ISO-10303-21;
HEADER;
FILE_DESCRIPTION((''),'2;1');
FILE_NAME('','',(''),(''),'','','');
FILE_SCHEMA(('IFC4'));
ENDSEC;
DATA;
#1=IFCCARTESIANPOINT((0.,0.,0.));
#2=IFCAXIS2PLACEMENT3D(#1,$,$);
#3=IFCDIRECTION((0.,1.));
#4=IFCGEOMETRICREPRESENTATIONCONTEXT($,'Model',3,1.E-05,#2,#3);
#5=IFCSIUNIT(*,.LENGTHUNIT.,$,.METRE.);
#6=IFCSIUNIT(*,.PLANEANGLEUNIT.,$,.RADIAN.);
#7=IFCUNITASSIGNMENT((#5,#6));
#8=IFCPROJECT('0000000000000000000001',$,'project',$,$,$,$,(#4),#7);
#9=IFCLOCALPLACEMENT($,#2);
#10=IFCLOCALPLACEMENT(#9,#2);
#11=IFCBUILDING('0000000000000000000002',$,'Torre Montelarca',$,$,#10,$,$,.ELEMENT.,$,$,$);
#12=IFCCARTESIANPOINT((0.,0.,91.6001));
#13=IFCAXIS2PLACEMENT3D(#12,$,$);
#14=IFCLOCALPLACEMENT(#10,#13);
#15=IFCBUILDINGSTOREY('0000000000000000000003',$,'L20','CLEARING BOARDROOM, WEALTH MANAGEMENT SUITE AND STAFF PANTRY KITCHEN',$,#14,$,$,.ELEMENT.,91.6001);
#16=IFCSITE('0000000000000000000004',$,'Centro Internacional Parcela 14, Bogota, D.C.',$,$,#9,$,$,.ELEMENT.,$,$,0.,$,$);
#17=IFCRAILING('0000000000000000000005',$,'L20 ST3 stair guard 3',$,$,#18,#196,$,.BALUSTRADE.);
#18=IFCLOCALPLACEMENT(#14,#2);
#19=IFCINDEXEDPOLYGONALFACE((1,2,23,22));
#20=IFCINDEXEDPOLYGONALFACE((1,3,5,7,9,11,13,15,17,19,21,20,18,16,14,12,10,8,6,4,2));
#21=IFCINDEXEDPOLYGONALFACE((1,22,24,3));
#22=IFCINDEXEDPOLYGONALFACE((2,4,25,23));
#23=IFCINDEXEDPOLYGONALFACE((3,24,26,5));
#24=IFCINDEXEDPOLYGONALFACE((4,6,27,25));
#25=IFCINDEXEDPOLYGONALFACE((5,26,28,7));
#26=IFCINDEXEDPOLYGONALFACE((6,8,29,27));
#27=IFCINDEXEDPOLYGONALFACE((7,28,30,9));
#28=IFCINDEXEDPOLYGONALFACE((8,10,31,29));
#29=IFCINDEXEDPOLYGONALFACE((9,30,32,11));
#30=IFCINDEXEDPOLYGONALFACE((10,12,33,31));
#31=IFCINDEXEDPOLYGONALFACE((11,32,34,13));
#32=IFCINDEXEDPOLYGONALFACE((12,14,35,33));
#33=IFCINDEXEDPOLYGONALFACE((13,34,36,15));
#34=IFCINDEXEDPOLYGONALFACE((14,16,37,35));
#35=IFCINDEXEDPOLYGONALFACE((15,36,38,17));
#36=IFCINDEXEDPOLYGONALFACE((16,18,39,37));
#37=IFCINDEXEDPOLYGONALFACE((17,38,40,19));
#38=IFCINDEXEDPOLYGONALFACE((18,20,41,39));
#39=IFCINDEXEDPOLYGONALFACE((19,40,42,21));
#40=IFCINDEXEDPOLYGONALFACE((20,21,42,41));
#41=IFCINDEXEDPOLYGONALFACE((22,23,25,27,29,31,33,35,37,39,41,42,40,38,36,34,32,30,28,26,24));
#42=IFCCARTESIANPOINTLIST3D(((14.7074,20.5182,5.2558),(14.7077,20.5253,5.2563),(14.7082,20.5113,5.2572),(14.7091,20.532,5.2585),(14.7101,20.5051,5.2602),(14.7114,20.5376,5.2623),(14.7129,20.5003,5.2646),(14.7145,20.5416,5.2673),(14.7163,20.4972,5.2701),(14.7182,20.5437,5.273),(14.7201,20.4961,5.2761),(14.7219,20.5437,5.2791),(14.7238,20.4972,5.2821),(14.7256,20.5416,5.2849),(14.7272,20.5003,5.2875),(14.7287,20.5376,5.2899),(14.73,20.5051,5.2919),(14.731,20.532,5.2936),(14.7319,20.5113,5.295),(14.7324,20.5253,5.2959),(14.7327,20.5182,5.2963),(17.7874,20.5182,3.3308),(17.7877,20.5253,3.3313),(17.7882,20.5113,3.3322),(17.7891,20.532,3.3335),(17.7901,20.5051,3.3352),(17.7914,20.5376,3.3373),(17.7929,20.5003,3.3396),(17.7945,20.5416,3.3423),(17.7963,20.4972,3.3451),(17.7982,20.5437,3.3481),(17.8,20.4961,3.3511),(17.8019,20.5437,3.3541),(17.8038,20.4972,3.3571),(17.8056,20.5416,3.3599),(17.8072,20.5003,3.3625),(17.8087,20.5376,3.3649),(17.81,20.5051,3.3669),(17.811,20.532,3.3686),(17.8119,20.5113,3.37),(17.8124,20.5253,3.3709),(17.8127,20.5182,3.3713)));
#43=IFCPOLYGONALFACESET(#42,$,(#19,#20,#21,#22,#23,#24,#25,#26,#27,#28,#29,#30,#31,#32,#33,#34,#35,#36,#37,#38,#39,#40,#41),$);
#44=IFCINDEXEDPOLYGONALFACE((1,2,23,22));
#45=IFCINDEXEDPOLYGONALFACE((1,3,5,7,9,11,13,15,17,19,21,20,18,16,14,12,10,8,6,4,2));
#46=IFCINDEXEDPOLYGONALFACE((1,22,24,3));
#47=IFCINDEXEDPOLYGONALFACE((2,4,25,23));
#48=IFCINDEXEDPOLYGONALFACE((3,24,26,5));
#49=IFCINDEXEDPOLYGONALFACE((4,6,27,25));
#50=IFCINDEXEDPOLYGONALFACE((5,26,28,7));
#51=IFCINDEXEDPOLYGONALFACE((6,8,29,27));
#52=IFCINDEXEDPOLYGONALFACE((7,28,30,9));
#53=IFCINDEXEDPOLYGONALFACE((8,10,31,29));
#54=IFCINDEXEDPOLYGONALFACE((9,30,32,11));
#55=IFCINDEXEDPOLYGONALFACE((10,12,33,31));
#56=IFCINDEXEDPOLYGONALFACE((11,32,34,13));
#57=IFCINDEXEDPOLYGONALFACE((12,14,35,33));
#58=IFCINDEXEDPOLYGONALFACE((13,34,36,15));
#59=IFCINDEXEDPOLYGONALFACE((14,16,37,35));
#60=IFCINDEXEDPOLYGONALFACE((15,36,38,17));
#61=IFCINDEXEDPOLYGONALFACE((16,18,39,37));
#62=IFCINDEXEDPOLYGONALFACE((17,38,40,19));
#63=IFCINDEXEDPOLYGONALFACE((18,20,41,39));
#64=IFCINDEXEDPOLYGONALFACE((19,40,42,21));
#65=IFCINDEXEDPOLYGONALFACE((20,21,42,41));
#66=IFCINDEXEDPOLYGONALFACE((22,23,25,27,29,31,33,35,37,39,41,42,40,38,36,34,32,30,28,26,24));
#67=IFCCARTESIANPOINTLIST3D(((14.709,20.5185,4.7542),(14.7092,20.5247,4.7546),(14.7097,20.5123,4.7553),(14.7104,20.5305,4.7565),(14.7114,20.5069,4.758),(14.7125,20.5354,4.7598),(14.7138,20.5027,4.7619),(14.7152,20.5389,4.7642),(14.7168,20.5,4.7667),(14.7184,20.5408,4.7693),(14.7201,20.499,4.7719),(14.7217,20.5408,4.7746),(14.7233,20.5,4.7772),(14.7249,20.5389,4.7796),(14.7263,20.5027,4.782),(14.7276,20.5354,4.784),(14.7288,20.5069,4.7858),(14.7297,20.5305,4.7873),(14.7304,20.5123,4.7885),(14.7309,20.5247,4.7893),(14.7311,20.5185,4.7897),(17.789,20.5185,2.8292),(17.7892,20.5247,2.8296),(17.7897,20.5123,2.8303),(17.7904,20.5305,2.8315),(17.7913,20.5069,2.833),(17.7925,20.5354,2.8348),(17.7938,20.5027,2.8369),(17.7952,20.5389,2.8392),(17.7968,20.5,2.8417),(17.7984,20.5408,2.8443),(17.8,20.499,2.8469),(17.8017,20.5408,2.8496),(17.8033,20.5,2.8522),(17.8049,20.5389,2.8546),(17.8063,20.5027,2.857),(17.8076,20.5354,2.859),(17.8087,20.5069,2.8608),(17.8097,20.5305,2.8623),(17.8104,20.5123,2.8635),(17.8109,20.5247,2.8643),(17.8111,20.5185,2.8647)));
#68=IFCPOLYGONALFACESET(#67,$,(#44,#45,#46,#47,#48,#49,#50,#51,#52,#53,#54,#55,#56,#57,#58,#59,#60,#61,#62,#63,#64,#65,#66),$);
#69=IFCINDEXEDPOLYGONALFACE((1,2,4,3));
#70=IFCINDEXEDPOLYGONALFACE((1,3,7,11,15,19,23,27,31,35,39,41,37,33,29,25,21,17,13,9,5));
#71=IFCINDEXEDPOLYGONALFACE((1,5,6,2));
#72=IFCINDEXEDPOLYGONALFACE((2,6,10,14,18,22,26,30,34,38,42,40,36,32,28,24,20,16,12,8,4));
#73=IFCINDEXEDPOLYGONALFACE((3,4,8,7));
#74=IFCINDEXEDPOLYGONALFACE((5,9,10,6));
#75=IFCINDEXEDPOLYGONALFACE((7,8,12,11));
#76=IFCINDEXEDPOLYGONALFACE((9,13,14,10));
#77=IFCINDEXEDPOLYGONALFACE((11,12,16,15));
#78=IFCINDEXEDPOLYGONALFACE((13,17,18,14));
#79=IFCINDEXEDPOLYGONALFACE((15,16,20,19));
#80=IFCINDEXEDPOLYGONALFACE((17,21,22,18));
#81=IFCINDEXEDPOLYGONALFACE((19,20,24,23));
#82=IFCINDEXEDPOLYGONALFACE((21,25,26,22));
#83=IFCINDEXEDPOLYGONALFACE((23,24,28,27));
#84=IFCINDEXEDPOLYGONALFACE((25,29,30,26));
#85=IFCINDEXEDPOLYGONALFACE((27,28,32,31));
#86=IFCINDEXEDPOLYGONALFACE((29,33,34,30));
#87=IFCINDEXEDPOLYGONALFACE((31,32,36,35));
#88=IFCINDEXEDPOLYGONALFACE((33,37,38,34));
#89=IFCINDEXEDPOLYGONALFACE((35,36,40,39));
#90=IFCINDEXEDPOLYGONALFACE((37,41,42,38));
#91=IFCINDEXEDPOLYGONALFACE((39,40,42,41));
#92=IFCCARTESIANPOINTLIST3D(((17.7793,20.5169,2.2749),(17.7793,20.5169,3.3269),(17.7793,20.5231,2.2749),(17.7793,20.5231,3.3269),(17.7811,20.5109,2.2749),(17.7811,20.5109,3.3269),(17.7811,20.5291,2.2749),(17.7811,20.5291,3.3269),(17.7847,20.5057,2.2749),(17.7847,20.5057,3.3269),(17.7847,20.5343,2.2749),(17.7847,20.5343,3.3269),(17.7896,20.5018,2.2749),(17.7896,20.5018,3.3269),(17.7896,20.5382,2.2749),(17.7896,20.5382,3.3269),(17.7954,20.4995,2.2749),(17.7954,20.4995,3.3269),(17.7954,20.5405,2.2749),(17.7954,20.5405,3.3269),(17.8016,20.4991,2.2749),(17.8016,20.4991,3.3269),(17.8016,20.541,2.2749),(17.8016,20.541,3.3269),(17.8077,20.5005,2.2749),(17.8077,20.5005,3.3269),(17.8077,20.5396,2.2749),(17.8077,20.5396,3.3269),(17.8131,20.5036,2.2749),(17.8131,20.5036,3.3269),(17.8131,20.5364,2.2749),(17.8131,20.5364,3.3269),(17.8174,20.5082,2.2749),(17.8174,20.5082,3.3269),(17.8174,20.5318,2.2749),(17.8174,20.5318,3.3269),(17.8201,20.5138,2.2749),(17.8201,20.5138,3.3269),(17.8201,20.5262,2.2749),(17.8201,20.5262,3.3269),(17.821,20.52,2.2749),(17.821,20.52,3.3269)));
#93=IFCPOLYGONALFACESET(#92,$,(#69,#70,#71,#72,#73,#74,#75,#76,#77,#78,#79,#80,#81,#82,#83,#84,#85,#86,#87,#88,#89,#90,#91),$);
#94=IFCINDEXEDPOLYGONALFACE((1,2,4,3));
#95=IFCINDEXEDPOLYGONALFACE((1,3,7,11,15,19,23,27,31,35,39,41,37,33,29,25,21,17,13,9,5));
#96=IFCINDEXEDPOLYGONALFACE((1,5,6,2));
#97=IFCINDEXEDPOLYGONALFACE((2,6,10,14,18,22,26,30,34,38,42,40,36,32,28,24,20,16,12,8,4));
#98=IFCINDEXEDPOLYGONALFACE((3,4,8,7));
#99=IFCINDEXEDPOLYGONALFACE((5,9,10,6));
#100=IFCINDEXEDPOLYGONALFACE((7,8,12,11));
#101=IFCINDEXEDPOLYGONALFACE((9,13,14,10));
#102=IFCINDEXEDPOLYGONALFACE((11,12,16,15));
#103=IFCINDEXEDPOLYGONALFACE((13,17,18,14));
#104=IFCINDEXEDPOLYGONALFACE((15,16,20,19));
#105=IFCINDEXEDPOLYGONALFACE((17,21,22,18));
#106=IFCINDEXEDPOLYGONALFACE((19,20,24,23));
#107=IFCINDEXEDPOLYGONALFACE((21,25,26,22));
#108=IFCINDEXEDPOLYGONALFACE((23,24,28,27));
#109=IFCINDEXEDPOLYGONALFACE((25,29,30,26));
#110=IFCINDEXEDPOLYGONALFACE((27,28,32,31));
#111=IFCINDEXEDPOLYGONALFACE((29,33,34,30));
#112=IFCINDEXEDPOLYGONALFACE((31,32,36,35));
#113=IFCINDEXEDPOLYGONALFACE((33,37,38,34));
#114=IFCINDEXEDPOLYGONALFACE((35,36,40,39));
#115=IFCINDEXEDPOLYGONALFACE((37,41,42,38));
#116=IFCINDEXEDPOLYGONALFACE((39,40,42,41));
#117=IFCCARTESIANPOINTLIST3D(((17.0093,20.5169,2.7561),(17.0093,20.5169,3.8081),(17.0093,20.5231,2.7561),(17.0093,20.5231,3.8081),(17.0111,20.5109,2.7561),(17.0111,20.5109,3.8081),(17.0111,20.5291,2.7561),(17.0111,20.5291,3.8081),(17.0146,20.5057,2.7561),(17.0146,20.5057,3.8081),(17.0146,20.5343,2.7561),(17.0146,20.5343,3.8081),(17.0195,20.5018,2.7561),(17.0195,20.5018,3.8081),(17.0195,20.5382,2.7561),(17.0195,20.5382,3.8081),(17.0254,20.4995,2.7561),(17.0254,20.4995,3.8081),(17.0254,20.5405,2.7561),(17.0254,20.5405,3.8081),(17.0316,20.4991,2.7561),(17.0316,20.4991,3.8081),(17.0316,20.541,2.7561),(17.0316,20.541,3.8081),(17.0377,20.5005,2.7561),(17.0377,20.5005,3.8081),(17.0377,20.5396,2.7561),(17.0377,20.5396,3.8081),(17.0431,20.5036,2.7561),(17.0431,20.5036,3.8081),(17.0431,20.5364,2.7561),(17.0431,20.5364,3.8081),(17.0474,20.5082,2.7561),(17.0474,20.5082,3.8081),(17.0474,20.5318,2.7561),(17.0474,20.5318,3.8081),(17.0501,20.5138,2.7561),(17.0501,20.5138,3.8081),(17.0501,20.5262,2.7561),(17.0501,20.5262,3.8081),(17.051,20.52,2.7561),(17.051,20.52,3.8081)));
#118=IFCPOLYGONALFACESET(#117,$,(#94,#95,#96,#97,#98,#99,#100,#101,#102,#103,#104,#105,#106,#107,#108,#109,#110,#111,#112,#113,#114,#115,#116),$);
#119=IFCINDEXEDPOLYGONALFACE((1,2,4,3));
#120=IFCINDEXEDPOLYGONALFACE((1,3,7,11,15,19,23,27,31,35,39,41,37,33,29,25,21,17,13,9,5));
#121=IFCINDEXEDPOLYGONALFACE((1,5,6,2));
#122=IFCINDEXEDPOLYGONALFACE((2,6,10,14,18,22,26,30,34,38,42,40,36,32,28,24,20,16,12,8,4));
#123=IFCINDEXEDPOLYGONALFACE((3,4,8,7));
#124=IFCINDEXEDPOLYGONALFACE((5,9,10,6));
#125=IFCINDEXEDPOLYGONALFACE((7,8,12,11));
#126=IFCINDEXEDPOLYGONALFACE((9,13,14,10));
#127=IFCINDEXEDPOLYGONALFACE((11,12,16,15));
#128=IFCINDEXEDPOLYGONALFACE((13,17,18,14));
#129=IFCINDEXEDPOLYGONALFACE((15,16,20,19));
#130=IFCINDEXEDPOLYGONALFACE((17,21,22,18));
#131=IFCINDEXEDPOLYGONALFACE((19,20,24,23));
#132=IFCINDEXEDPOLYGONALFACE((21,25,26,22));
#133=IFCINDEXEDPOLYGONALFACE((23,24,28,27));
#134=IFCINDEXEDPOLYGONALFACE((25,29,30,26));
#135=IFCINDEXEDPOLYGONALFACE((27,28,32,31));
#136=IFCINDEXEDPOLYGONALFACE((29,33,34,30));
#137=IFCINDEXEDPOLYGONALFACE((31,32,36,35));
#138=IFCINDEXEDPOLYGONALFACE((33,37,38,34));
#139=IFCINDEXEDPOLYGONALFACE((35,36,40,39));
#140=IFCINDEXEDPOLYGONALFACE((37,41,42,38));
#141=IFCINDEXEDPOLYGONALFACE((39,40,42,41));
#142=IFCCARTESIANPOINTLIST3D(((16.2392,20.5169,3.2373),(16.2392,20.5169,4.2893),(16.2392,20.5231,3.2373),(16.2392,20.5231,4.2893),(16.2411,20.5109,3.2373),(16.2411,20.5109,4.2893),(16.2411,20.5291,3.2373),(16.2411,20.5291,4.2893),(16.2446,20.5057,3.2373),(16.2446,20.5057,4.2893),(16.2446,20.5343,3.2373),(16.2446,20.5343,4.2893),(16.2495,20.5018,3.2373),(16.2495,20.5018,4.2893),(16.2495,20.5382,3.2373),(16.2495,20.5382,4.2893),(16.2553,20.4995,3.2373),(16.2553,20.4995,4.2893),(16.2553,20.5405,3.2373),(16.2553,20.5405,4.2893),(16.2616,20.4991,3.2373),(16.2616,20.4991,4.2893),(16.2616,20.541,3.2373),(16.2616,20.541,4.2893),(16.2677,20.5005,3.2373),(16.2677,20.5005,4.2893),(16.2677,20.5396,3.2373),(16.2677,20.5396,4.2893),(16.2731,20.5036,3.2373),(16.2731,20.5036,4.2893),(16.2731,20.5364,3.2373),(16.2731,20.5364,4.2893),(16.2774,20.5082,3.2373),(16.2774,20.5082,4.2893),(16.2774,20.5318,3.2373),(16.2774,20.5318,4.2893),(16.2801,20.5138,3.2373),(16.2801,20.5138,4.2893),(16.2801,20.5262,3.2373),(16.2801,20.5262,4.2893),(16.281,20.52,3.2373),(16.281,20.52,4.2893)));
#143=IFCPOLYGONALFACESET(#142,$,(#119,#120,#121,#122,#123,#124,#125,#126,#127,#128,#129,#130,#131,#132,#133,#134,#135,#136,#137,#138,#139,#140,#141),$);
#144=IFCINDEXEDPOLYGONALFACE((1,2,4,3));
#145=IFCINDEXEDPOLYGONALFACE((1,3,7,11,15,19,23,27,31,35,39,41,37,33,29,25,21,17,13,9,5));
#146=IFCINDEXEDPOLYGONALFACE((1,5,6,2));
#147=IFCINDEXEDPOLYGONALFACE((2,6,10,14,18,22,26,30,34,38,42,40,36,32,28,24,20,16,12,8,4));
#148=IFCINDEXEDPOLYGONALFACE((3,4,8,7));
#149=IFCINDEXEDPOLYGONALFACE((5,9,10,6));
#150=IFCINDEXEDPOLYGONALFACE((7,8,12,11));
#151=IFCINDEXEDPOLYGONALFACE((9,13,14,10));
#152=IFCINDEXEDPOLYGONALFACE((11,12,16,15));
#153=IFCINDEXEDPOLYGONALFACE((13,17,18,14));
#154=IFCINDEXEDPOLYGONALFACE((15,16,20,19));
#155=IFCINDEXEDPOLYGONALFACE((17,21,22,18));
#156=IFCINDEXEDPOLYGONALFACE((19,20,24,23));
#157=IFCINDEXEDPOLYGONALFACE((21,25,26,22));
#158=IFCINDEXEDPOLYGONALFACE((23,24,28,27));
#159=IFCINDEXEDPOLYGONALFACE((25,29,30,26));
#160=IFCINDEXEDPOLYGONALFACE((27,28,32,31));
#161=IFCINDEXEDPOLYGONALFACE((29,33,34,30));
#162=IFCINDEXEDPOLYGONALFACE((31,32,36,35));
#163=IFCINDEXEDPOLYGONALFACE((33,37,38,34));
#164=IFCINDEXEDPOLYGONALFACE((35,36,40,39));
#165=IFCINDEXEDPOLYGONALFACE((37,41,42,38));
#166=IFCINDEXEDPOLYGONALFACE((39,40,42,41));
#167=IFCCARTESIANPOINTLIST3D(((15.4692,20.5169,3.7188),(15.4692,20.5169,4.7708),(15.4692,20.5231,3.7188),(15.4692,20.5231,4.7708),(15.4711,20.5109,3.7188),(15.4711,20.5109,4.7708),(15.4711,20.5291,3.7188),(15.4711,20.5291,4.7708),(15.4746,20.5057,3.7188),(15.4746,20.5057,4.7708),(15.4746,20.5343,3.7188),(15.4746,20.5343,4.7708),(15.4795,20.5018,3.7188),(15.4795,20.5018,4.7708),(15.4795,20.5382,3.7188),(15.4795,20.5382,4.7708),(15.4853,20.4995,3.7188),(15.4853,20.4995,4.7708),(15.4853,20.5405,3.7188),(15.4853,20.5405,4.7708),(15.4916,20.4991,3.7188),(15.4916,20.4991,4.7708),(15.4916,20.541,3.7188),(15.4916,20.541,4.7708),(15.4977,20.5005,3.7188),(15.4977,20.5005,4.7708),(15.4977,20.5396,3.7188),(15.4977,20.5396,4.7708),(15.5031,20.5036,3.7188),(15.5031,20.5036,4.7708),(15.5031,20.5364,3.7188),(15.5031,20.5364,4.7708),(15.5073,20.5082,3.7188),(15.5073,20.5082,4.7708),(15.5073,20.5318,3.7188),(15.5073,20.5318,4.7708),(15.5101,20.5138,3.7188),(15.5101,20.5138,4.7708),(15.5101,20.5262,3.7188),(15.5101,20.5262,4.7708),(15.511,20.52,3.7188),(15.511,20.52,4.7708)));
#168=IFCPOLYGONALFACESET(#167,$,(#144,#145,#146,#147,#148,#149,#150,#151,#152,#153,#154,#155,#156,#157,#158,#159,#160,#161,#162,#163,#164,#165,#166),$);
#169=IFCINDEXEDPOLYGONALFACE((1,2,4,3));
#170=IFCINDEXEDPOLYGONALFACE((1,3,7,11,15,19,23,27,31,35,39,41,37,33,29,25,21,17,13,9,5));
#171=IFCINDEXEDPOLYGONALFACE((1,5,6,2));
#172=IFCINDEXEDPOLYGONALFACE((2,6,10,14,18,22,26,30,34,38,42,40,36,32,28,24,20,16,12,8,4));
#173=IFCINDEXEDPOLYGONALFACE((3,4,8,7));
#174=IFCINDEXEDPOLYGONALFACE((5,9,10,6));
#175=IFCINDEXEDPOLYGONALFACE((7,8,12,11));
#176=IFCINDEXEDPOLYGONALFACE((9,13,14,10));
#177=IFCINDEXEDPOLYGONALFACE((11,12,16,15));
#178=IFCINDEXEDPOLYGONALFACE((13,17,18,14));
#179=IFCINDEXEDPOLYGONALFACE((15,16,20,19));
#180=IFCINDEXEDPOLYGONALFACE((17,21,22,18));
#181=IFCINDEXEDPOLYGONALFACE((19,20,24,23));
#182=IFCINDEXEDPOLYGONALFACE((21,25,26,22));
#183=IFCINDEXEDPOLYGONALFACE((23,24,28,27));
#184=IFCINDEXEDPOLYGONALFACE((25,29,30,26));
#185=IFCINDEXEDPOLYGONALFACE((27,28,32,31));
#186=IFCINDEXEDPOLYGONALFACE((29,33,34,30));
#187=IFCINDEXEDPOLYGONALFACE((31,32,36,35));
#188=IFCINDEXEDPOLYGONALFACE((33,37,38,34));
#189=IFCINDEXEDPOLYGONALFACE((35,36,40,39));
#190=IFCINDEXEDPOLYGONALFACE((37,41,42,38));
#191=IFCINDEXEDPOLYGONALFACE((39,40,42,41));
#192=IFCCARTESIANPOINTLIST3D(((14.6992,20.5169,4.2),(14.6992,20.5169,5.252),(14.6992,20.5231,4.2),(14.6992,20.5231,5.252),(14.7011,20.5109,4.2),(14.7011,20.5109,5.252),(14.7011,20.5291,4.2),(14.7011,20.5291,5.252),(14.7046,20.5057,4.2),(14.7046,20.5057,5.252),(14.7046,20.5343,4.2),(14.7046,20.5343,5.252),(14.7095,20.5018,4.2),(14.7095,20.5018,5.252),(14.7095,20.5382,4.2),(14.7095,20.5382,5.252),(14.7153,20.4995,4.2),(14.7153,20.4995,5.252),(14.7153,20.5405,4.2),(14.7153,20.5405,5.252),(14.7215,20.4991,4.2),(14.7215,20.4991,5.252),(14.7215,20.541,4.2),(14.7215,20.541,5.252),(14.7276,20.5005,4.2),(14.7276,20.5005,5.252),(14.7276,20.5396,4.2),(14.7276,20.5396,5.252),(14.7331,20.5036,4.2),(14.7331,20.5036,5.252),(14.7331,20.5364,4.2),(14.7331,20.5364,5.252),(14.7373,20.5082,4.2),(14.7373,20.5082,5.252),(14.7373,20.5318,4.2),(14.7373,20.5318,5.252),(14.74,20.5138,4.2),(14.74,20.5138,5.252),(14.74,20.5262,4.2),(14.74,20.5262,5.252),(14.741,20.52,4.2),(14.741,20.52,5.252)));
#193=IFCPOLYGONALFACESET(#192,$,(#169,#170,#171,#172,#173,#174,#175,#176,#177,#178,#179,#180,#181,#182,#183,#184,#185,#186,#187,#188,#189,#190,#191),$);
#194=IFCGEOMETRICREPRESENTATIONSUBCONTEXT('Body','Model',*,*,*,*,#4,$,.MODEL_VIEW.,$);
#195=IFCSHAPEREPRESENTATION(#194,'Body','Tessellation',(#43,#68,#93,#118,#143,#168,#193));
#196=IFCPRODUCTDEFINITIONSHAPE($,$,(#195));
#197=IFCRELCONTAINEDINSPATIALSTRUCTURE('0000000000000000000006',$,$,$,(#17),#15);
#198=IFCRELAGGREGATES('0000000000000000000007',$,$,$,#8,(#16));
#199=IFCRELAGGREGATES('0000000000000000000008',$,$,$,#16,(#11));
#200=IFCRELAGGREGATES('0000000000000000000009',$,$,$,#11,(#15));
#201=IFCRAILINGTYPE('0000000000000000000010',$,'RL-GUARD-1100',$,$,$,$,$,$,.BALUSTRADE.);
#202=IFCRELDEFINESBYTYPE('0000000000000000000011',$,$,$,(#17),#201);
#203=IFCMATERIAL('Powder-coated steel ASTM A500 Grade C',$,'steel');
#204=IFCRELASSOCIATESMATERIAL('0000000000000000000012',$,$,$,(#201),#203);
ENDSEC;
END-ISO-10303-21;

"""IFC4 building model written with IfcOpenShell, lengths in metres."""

from ifc_helpers import new_model, si_unit, direction, frame, origin, origin_2d, place, context, subcontext, project, spatial, circle, extrude, material, type_object, element, save


model = new_model("IFC4")

# Units and contexts
model_context = context("Model", 3, precision=1e-05, world=origin(), true_north=direction((0.0, 1.0)))
body_context = subcontext(model_context, "Body", "Model", "MODEL_VIEW")
ifc_project = project(units=[si_unit("LENGTHUNIT", "METRE"), si_unit("PLANEANGLEUNIT", "RADIAN")], contexts=[model_context])

# Site, building, storey
site_placement = place(None, origin())
site = spatial("IfcSite", under=ifc_project, at=site_placement, Name="Centro Internacional Parcela 14, Bogota, D.C.", CompositionType="ELEMENT", RefElevation=0.0)
building_placement = place(site_placement, origin())
building = spatial("IfcBuilding", under=site, at=building_placement, Name="Torre Montelarca", CompositionType="ELEMENT")
storey_placement = place(building_placement, frame((0.0, 0.0, 91.6001)))
storey = spatial("IfcBuildingStorey", under=building, at=storey_placement, Name="L20", Description="CLEARING BOARDROOM, WEALTH MANAGEMENT SUITE AND STAFF PANTRY KITCHEN", CompositionType="ELEMENT", Elevation=91.6001)

# Railing
ifc_material_1 = material(Name="Powder-coated steel ASTM A500 Grade C", Category="steel")
railing_type_1 = type_object("IfcRailingType", Name="RL-GUARD-1100", PredefinedType="BALUSTRADE", material=ifc_material_1)
railing_1_placement = place(storey_placement, frame((17.8, 20.52, 2.2749)))
element("IfcRailing", 1, at=railing_1_placement, inside=storey, type_object=railing_type_1, Name="L20 ST3 stair guard 3", PredefinedType="BALUSTRADE", context=body_context, shape_type="SweptSolid", body=[
    extrude(circle(Radius=0.0239, at=origin_2d()), frame((0.0, 0.0, 1.0762), z_axis=(-0.847998, 0.0, 0.529999), x_axis=(0.0, -1.0, 0.0)), (0.0, 0.0, 1.0), 3.6321),
    extrude(circle(Radius=0.021, at=origin_2d()), frame((0.0, 0.0, 0.572), z_axis=(-0.847998, 0.0, 0.529999), x_axis=(0.0, -1.0, 0.0)), (0.0, 0.0, 1.0), 3.6321),
    extrude(circle(Radius=0.021, at=origin_2d()), origin(), (0.0, 0.0, 1.0), 1.052),
    extrude(circle(Radius=0.021, at=origin_2d()), frame((-0.77, 0.0, 0.4812)), (0.0, 0.0, 1.0), 1.052),
    extrude(circle(Radius=0.021, at=origin_2d()), frame((-1.54, 0.0, 0.9624)), (0.0, 0.0, 1.0), 1.052),
    extrude(circle(Radius=0.021, at=origin_2d()), frame((-2.3101, 0.0, 1.4438)), (0.0, 0.0, 1.0), 1.052),
    extrude(circle(Radius=0.021, at=origin_2d()), frame((-3.0801, 0.0, 1.925)), (0.0, 0.0, 1.0), 1.052),
])

save(model, "model.ifc")
